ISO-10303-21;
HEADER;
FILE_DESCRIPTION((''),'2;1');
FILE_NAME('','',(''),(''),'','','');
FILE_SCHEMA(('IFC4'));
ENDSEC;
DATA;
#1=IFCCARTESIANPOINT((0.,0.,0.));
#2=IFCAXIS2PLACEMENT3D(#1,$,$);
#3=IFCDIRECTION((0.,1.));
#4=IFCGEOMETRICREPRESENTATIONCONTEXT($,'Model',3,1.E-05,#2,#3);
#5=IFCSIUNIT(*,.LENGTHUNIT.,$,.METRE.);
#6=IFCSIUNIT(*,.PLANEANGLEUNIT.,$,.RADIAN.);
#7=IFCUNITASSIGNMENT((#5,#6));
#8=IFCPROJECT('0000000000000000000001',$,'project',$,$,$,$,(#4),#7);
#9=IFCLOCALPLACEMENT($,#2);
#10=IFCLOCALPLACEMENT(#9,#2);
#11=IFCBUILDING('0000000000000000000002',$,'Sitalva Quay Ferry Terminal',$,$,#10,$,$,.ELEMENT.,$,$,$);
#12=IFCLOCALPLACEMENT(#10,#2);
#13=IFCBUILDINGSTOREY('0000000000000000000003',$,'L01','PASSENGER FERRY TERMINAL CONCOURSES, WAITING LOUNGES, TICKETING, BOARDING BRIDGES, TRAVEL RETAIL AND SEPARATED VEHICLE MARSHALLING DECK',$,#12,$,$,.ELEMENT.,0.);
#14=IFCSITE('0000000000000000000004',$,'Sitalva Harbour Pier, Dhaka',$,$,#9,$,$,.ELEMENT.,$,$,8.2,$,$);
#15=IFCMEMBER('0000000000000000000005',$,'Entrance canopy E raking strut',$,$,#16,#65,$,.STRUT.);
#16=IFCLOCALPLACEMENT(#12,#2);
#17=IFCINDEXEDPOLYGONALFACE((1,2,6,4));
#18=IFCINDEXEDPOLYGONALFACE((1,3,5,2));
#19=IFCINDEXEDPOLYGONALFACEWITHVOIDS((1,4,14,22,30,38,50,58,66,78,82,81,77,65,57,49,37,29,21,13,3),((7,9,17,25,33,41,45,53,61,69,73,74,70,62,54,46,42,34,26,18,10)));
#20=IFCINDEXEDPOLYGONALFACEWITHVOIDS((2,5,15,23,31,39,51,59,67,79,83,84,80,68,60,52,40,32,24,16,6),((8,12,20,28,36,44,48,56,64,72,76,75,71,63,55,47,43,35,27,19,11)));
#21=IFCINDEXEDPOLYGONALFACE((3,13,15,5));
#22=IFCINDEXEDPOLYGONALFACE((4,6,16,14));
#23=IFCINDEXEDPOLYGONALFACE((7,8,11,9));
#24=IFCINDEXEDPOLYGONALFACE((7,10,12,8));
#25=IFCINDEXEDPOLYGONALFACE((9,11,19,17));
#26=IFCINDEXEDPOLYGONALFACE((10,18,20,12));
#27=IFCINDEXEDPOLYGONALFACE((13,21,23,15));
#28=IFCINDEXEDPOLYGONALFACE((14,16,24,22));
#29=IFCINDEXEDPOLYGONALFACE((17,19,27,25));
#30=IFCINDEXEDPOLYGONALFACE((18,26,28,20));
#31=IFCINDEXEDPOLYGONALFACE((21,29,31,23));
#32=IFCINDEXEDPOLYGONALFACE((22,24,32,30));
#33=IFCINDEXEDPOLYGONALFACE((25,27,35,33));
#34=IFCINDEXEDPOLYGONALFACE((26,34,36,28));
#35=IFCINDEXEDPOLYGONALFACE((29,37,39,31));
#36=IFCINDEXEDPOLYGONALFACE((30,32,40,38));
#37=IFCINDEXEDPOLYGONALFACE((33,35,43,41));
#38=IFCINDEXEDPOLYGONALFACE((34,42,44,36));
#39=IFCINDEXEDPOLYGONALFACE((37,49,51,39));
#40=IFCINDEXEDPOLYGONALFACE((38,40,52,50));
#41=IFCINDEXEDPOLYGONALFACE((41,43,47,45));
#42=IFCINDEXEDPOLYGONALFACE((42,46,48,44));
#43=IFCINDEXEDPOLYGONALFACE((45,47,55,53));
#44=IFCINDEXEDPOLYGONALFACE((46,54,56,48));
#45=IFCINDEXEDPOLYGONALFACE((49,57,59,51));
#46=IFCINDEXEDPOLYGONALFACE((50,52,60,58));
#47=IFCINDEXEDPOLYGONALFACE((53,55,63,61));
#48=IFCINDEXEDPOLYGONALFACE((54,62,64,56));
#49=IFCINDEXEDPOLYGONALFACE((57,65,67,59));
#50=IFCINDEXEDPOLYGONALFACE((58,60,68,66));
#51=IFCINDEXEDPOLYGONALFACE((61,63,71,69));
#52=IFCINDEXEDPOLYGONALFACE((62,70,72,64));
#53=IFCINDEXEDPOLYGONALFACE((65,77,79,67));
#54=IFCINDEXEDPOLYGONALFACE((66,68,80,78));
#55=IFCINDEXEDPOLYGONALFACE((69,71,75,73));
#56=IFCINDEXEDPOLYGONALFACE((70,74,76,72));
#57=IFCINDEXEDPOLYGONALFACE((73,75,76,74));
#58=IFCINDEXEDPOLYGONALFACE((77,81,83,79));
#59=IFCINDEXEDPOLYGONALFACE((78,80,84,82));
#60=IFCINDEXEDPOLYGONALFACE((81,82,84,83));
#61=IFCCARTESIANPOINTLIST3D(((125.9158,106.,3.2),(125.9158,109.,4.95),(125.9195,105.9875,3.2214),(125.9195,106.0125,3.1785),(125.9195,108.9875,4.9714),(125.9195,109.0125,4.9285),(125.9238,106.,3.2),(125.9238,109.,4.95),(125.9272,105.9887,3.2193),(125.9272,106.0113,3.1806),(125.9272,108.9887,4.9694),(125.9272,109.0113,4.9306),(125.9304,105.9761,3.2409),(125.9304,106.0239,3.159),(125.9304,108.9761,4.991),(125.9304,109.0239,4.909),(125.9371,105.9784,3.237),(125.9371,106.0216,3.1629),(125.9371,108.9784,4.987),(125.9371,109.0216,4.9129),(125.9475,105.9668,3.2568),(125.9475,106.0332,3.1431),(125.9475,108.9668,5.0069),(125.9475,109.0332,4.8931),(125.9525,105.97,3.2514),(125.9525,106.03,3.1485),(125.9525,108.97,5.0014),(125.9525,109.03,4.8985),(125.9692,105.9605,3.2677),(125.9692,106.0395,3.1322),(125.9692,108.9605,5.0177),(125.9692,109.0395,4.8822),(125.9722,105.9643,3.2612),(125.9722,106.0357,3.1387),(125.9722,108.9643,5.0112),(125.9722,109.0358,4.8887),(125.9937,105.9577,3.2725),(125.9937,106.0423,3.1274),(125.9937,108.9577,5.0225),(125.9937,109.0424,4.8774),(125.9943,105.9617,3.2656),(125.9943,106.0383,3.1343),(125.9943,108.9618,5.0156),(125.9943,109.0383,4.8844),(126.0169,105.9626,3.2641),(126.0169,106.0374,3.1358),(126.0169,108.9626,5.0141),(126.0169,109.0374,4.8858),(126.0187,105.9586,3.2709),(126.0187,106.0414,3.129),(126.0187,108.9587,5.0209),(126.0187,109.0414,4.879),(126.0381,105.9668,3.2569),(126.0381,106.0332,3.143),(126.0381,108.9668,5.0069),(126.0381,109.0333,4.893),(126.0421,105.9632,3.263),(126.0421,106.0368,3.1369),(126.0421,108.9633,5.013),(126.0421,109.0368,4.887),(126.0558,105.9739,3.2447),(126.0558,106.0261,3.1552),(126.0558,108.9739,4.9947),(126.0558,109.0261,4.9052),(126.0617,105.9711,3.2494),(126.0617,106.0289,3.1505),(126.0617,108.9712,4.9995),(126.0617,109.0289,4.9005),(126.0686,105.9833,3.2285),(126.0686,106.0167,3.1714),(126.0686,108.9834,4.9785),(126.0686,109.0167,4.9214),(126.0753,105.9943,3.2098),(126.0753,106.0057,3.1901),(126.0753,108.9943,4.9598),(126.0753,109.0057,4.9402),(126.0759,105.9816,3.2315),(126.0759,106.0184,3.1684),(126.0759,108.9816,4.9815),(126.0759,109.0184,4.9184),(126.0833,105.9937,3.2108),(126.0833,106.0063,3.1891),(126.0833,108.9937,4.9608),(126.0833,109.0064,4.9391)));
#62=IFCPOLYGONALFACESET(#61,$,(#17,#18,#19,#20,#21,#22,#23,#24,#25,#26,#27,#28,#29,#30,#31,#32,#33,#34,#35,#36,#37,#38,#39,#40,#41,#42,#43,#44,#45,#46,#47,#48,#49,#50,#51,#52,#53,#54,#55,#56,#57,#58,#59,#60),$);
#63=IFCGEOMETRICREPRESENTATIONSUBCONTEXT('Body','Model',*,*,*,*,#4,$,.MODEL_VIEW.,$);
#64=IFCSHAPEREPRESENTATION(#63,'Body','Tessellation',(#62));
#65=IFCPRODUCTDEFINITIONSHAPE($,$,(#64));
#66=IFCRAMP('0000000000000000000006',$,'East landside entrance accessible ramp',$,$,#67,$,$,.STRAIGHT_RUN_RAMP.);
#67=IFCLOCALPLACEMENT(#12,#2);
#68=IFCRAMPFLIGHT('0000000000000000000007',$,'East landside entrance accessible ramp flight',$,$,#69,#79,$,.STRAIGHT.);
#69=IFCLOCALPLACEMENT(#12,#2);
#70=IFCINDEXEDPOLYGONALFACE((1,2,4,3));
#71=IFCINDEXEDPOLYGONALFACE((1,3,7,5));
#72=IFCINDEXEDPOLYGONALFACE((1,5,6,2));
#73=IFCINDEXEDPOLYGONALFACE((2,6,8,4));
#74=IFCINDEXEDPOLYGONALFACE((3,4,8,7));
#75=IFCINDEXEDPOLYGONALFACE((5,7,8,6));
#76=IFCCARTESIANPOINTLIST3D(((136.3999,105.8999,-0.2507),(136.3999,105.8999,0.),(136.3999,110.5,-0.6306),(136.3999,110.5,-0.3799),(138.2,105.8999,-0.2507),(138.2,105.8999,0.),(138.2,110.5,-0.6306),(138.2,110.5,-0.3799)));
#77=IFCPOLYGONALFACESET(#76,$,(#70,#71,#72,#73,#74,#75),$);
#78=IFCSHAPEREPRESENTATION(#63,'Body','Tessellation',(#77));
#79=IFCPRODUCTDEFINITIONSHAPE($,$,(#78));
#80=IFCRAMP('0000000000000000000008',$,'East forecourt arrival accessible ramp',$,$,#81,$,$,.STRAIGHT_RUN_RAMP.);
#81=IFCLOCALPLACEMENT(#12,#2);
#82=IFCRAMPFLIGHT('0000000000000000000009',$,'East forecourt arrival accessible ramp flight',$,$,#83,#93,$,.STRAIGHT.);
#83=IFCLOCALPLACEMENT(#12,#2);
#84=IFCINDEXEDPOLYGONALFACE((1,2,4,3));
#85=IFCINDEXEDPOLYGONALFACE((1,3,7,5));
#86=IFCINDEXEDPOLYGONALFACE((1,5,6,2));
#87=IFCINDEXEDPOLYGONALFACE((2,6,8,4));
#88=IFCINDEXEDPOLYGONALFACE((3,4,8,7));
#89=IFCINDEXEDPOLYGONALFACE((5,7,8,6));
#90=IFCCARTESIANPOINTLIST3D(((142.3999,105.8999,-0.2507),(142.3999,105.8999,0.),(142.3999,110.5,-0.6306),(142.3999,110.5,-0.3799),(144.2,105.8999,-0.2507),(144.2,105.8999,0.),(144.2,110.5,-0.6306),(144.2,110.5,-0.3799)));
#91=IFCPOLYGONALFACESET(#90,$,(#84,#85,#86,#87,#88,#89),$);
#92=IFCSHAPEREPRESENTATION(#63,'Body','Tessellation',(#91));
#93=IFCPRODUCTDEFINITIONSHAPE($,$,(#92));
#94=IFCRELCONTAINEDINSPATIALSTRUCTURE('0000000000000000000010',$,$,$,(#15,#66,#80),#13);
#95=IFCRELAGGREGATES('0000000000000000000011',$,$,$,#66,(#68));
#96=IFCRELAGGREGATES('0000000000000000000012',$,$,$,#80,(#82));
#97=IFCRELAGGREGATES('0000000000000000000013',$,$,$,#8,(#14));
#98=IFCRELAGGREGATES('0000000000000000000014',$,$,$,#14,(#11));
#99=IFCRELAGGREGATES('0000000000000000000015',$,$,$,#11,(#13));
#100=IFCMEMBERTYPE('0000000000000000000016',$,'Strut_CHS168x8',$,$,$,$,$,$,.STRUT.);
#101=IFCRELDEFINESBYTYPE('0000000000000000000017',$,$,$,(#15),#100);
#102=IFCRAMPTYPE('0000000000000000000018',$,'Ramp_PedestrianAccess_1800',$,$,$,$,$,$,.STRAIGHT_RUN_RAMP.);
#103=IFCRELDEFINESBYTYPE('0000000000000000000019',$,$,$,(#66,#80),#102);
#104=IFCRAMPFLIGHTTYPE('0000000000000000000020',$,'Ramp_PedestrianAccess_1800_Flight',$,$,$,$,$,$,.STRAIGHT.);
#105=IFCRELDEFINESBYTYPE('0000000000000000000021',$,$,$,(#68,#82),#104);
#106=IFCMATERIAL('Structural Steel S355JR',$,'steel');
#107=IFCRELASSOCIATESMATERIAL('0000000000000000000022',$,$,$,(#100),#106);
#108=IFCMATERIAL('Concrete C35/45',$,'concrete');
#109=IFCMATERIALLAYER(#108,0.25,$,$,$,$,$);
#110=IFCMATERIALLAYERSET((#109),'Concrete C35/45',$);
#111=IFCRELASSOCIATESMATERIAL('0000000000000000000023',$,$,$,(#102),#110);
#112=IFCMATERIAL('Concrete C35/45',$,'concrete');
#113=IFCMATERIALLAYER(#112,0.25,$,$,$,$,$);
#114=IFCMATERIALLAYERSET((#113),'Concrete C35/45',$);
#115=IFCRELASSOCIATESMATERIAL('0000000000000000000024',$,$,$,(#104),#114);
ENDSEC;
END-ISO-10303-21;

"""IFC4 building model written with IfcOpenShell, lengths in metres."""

from ifc_helpers import new_model, si_unit, direction, frame, origin, origin_2d, place, context, subcontext, project, spatial, polyline, hollow_circle, outline, extrude, material, layer, layer_set, material_profile, profile_set, type_object, element, aggregate, save


model = new_model("IFC4")

# Units and contexts
model_context = context("Model", 3, precision=1e-05, world=origin(), true_north=direction((0.0, 1.0)))
body_context = subcontext(model_context, "Body", "Model", "MODEL_VIEW")
ifc_project = project(units=[si_unit("LENGTHUNIT", "METRE"), si_unit("PLANEANGLEUNIT", "RADIAN")], contexts=[model_context])

# Site, building, storey
site_placement = place(None, origin())
site = spatial("IfcSite", under=ifc_project, at=site_placement, Name="Sitalva Harbour Pier, Dhaka", CompositionType="ELEMENT", RefElevation=8.2)
building_placement = place(site_placement, origin())
building = spatial("IfcBuilding", under=site, at=building_placement, Name="Sitalva Quay Ferry Terminal", CompositionType="ELEMENT")
storey_placement = place(building_placement, origin())
storey = spatial("IfcBuildingStorey", under=building, at=storey_placement, Name="L01", Description="PASSENGER FERRY TERMINAL CONCOURSES, WAITING LOUNGES, TICKETING, BOARDING BRIDGES, TRAVEL RETAIL AND SEPARATED VEHICLE MARSHALLING DECK", CompositionType="ELEMENT", Elevation=0.0)

# Member
ifc_material_1 = material(Name="Structural Steel S355JR", Category="steel")
ifc_material_profile_1 = material_profile(ifc_material_1, hollow_circle(Radius=0.0842, WallThickness=0.0081, at=origin_2d()), Name="CHS168x8")
ifc_profile_set_1 = profile_set([ifc_material_profile_1], Name="Structural Steel S355JR")
member_type = type_object("IfcMemberType", Name="Strut_CHS168x8", PredefinedType="STRUT", material=ifc_profile_set_1)
member_placement = place(storey_placement, frame((126.0, 106.0, 3.2), z_axis=(0.0, 0.863779, 0.503871), x_axis=(-1.0, 0.0, 0.0)))
element("IfcMember", 1, at=member_placement, inside=storey, type_object=member_type, Name="Entrance canopy E raking strut", PredefinedType="STRUT", context=body_context, shape_type="SweptSolid", body=[
    extrude(hollow_circle(Radius=0.0842, WallThickness=0.0081, at=origin_2d()), origin(), (0.0, 0.0, 1.0), 3.4731),
])

# Ramps, ramp flights
ifc_material_2 = material(Name="Concrete C35/45", Category="concrete")
ifc_layer_1 = layer(ifc_material_2, 0.25)
ifc_layer_set_1 = layer_set([ifc_layer_1], Name="Concrete C35/45")
ramp_type = type_object("IfcRampType", Name="Ramp_PedestrianAccess_1800", PredefinedType="STRAIGHT_RUN_RAMP", material=ifc_layer_set_1)
ramp_1_placement = place(storey_placement, origin())
ramp_1 = element("IfcRamp", 2, at=ramp_1_placement, inside=storey, type_object=ramp_type, Name="East landside entrance accessible ramp", PredefinedType="STRAIGHT_RUN_RAMP")
ifc_material_3 = material(Name="Concrete C35/45", Category="concrete")
ifc_layer_2 = layer(ifc_material_3, 0.25)
ifc_layer_set_2 = layer_set([ifc_layer_2], Name="Concrete C35/45")
ramp_flight_type = type_object("IfcRampFlightType", Name="Ramp_PedestrianAccess_1800_Flight", PredefinedType="STRAIGHT", material=ifc_layer_set_2)
ramp_flight_1_placement = place(storey_placement, frame((136.3999, 105.8999, 0.0), z_axis=(0.0, 0.082301, 0.996607), x_axis=(1.0, 0.0, 0.0)))
ramp_flight_1 = element("IfcRampFlight", 3, at=ramp_flight_1_placement, type_object=ramp_flight_type, Name="East landside entrance accessible ramp flight", PredefinedType="STRAIGHT", context=body_context, shape_type="SweptSolid", body=[
    extrude(outline(polyline([(0.0, 0.0), (1.8, 0.0), (1.8, 4.6158), (0.0, 4.6158), (0.0, 0.0)])), origin(), (0.0, 0.082301, -0.996607), 0.2507),
])
aggregate(ramp_1, [ramp_flight_1])
ramp_2_placement = place(storey_placement, origin())
ramp_2 = element("IfcRamp", 4, at=ramp_2_placement, inside=storey, type_object=ramp_type, Name="East forecourt arrival accessible ramp", PredefinedType="STRAIGHT_RUN_RAMP")
ramp_flight_2_placement = place(storey_placement, frame((142.3999, 105.8999, 0.0), z_axis=(0.0, 0.082301, 0.996607), x_axis=(1.0, 0.0, 0.0)))
ramp_flight_2 = element("IfcRampFlight", 5, at=ramp_flight_2_placement, type_object=ramp_flight_type, Name="East forecourt arrival accessible ramp flight", PredefinedType="STRAIGHT", context=body_context, shape_type="SweptSolid", body=[
    extrude(outline(polyline([(0.0, 0.0), (1.8, 0.0), (1.8, 4.6158), (0.0, 4.6158), (0.0, 0.0)])), origin(), (0.0, 0.082301, -0.996607), 0.2507),
])
aggregate(ramp_2, [ramp_flight_2])

save(model, "model.ifc")
